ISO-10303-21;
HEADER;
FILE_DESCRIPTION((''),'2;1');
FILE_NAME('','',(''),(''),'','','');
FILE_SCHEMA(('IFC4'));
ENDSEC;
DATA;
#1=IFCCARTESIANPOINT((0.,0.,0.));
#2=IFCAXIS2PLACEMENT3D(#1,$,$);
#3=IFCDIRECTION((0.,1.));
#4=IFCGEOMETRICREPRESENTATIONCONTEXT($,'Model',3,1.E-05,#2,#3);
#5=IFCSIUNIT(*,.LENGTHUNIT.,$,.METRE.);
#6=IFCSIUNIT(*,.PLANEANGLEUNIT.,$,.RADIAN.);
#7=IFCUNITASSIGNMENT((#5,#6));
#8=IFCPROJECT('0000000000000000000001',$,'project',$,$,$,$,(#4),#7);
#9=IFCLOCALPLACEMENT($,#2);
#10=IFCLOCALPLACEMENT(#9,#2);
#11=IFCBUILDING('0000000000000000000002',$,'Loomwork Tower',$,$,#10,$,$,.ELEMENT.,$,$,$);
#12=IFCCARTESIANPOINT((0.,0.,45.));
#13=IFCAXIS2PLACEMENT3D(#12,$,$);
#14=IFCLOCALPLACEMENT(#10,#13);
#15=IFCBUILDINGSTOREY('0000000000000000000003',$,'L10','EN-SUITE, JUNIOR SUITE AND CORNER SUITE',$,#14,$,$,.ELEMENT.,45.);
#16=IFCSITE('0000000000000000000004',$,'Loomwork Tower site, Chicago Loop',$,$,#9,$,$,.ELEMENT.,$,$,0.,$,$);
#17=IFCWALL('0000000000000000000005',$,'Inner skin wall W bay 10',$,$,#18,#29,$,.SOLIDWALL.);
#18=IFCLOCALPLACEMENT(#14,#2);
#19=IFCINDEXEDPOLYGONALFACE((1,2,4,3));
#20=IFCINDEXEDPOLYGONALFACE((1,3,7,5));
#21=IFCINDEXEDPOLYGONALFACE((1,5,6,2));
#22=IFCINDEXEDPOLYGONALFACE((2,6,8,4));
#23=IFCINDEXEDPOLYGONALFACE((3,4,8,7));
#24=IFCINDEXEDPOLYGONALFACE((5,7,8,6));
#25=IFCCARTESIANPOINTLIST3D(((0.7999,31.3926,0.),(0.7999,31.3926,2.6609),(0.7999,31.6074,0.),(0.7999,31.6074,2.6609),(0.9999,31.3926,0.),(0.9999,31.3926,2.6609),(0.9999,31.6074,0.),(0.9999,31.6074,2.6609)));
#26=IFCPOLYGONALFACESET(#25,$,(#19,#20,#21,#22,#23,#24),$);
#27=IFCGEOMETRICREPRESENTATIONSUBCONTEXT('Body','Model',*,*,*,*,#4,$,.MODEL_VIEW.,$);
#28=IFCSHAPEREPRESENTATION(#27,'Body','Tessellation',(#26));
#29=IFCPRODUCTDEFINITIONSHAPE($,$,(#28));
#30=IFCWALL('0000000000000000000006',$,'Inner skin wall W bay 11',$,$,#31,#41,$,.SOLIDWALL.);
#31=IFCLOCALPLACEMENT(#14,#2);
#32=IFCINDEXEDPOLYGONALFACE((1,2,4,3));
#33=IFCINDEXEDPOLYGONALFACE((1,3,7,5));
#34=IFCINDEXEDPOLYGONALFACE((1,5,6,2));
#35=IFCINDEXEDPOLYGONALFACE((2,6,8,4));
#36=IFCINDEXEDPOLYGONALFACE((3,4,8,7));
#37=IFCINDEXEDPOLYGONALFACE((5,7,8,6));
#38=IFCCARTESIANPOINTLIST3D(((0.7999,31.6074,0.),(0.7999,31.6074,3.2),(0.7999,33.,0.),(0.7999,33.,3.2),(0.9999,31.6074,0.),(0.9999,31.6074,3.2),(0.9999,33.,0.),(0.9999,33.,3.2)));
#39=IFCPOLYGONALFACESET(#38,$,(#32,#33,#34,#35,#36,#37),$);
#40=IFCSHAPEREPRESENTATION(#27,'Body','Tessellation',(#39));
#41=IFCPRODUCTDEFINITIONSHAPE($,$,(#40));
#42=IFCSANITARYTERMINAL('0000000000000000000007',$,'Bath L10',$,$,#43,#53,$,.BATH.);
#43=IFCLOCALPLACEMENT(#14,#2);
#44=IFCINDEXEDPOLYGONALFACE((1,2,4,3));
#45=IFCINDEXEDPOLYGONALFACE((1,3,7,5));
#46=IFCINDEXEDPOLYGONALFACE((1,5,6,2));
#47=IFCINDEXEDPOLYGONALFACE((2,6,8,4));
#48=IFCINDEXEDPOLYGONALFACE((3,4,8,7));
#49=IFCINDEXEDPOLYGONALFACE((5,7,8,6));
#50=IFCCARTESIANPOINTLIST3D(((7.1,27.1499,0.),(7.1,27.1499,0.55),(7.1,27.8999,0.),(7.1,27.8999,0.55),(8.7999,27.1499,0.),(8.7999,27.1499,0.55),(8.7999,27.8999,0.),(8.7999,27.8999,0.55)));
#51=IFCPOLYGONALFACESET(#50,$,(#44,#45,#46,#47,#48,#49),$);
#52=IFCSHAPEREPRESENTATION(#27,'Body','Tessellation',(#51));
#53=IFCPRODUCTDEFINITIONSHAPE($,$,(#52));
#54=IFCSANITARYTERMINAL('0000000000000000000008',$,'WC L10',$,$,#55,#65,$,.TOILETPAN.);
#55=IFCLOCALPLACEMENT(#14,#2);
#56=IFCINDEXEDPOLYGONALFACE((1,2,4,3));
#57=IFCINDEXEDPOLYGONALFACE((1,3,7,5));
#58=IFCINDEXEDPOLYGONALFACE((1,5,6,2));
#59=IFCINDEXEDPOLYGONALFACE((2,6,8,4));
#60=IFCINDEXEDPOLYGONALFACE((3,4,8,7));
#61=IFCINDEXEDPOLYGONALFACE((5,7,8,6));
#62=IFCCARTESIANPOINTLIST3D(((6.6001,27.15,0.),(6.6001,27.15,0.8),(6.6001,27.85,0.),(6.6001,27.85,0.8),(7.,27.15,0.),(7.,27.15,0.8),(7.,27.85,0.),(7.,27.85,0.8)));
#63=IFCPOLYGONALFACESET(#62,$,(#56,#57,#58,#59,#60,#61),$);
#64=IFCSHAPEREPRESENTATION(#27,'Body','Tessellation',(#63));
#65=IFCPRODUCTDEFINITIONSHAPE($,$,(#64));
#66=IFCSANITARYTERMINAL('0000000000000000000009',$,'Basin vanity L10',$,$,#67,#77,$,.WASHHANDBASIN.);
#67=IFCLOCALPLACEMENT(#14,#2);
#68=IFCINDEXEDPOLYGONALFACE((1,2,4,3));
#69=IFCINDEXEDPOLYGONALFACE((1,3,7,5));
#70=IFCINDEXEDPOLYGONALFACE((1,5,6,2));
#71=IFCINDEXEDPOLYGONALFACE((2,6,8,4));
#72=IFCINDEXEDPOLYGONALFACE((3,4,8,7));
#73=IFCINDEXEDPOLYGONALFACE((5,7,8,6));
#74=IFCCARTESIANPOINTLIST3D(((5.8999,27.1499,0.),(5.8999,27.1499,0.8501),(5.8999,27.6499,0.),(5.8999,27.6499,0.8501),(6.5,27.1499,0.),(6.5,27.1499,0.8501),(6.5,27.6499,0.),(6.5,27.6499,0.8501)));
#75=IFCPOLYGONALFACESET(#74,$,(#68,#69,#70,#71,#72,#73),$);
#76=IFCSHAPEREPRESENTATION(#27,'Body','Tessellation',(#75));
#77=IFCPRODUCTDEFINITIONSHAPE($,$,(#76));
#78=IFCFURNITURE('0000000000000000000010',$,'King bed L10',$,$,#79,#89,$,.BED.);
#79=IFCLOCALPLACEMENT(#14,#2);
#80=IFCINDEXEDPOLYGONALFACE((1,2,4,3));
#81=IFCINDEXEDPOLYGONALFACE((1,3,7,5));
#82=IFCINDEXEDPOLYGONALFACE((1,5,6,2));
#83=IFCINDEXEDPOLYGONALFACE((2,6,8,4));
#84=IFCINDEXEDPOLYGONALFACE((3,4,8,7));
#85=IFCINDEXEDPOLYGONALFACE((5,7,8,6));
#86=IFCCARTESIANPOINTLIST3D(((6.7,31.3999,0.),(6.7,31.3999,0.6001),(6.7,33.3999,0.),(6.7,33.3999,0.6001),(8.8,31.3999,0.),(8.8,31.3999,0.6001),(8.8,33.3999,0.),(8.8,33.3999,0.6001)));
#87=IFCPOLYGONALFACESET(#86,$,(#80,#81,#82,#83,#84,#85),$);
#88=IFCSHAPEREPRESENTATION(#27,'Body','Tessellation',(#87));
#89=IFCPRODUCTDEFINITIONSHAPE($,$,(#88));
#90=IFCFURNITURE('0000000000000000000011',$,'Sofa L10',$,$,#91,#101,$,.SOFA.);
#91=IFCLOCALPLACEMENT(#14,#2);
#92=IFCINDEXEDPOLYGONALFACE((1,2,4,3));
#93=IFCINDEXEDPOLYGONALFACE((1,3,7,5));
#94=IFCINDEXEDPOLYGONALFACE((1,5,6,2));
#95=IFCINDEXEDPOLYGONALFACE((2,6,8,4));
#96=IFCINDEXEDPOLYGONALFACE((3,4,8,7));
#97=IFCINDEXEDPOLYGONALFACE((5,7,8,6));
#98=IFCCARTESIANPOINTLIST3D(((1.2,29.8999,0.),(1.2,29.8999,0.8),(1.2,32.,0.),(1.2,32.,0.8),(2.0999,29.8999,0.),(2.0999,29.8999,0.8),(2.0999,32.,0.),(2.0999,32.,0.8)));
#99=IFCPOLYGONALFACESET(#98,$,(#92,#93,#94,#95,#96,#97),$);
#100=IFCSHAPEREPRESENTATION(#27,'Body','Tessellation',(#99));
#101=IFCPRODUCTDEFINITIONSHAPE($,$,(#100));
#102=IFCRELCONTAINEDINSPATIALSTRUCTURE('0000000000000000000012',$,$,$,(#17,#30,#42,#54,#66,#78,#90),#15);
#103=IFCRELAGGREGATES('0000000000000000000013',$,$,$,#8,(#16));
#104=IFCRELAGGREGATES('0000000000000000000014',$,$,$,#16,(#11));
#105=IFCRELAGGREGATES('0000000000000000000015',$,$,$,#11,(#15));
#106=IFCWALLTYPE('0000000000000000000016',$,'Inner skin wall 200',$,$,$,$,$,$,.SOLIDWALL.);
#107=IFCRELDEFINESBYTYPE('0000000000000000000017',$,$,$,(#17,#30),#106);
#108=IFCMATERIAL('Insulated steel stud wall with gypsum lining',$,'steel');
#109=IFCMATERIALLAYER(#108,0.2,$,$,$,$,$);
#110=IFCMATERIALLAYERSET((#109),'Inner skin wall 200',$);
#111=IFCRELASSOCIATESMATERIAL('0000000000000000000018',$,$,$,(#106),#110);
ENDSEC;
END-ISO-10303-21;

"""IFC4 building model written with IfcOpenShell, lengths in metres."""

from ifc_helpers import new_model, si_unit, direction, frame, frame_2d, origin, origin_2d, place, context, subcontext, project, spatial, rectangle, extrude, material, layer, layer_set, type_object, element, save


model = new_model("IFC4")

# Units and contexts
model_context = context("Model", 3, precision=1e-05, world=origin(), true_north=direction((0.0, 1.0)))
body_context = subcontext(model_context, "Body", "Model", "MODEL_VIEW")
ifc_project = project(units=[si_unit("LENGTHUNIT", "METRE"), si_unit("PLANEANGLEUNIT", "RADIAN")], contexts=[model_context])

# Site, building, storey
site_placement = place(None, origin())
site = spatial("IfcSite", under=ifc_project, at=site_placement, Name="Loomwork Tower site, Chicago Loop", CompositionType="ELEMENT", RefElevation=0.0)
building_placement = place(site_placement, origin())
building = spatial("IfcBuilding", under=site, at=building_placement, Name="Loomwork Tower", CompositionType="ELEMENT")
storey_placement = place(building_placement, frame((0.0, 0.0, 45.0)))
storey = spatial("IfcBuildingStorey", under=building, at=storey_placement, Name="L10", Description="EN-SUITE, JUNIOR SUITE AND CORNER SUITE", CompositionType="ELEMENT", Elevation=45.0)

# Walls
ifc_material_1 = material(Name="Insulated steel stud wall with gypsum lining", Category="steel")
ifc_layer_1 = layer(ifc_material_1, 0.2)
ifc_layer_set_1 = layer_set([ifc_layer_1], Name="Inner skin wall 200")
wall_type_1 = type_object("IfcWallType", Name="Inner skin wall 200", PredefinedType="SOLIDWALL", material=ifc_layer_set_1)
wall_1_placement = place(storey_placement, frame((0.8999, 31.3926, 0.0), z_axis=(0.0, 0.0, 1.0), x_axis=(0.0, 1.0, 0.0)))
element("IfcWall", 1, at=wall_1_placement, inside=storey, type_object=wall_type_1, Name="Inner skin wall W bay 10", PredefinedType="SOLIDWALL", context=body_context, shape_type="SweptSolid", body=[
    extrude(rectangle(XDim=0.2148, YDim=0.2, at=frame_2d((0.1074, 0.0))), origin(), (0.0, 0.0, 1.0), 2.6609),
])
wall_2_placement = place(storey_placement, frame((0.8999, 31.6074, 0.0), z_axis=(0.0, 0.0, 1.0), x_axis=(0.0, 1.0, 0.0)))
element("IfcWall", 2, at=wall_2_placement, inside=storey, type_object=wall_type_1, Name="Inner skin wall W bay 11", PredefinedType="SOLIDWALL", context=body_context, shape_type="SweptSolid", body=[
    extrude(rectangle(XDim=1.3926, YDim=0.2, at=frame_2d((0.6963, 0.0))), origin(), (0.0, 0.0, 1.0), 3.2),
])

# Sanitary terminals
sanitary_terminal_1_placement = place(storey_placement, frame((7.95, 27.5249, 0.0), z_axis=(0.0, 0.0, 1.0), x_axis=(1.0, 0.0, 0.0)))
element("IfcSanitaryTerminal", 3, at=sanitary_terminal_1_placement, inside=storey, Name="Bath L10", PredefinedType="BATH", context=body_context, shape_type="SweptSolid", body=[
    extrude(rectangle(XDim=1.7, YDim=0.75, at=origin_2d()), origin(), (0.0, 0.0, 1.0), 0.55),
])
sanitary_terminal_2_placement = place(storey_placement, frame((6.8, 27.5, 0.0), z_axis=(0.0, 0.0, 1.0), x_axis=(1.0, 0.0, 0.0)))
element("IfcSanitaryTerminal", 4, at=sanitary_terminal_2_placement, inside=storey, Name="WC L10", PredefinedType="TOILETPAN", context=body_context, shape_type="SweptSolid", body=[
    extrude(rectangle(XDim=0.3999, YDim=0.7, at=origin_2d()), origin(), (0.0, 0.0, 1.0), 0.8),
])
sanitary_terminal_3_placement = place(storey_placement, frame((6.2, 27.3999, 0.0), z_axis=(0.0, 0.0, 1.0), x_axis=(1.0, 0.0, 0.0)))
element("IfcSanitaryTerminal", 5, at=sanitary_terminal_3_placement, inside=storey, Name="Basin vanity L10", PredefinedType="WASHHANDBASIN", context=body_context, shape_type="SweptSolid", body=[
    extrude(rectangle(XDim=0.6001, YDim=0.5, at=origin_2d()), origin(), (0.0, 0.0, 1.0), 0.8501),
])

# Furniture
furniture_1_placement = place(storey_placement, frame((7.75, 32.3999, 0.0), z_axis=(0.0, 0.0, 1.0), x_axis=(1.0, 0.0, 0.0)))
element("IfcFurniture", 6, at=furniture_1_placement, inside=storey, Name="King bed L10", PredefinedType="BED", context=body_context, shape_type="SweptSolid", body=[
    extrude(rectangle(XDim=2.1001, YDim=2.0, at=origin_2d()), origin(), (0.0, 0.0, 1.0), 0.6001),
])
furniture_2_placement = place(storey_placement, frame((1.6499, 30.95, 0.0), z_axis=(0.0, 0.0, 1.0), x_axis=(1.0, 0.0, 0.0)))
element("IfcFurniture", 7, at=furniture_2_placement, inside=storey, Name="Sofa L10", PredefinedType="SOFA", context=body_context, shape_type="SweptSolid", body=[
    extrude(rectangle(XDim=0.8999, YDim=2.1001, at=origin_2d()), origin(), (0.0, 0.0, 1.0), 0.8),
])

save(model, "model.ifc")
